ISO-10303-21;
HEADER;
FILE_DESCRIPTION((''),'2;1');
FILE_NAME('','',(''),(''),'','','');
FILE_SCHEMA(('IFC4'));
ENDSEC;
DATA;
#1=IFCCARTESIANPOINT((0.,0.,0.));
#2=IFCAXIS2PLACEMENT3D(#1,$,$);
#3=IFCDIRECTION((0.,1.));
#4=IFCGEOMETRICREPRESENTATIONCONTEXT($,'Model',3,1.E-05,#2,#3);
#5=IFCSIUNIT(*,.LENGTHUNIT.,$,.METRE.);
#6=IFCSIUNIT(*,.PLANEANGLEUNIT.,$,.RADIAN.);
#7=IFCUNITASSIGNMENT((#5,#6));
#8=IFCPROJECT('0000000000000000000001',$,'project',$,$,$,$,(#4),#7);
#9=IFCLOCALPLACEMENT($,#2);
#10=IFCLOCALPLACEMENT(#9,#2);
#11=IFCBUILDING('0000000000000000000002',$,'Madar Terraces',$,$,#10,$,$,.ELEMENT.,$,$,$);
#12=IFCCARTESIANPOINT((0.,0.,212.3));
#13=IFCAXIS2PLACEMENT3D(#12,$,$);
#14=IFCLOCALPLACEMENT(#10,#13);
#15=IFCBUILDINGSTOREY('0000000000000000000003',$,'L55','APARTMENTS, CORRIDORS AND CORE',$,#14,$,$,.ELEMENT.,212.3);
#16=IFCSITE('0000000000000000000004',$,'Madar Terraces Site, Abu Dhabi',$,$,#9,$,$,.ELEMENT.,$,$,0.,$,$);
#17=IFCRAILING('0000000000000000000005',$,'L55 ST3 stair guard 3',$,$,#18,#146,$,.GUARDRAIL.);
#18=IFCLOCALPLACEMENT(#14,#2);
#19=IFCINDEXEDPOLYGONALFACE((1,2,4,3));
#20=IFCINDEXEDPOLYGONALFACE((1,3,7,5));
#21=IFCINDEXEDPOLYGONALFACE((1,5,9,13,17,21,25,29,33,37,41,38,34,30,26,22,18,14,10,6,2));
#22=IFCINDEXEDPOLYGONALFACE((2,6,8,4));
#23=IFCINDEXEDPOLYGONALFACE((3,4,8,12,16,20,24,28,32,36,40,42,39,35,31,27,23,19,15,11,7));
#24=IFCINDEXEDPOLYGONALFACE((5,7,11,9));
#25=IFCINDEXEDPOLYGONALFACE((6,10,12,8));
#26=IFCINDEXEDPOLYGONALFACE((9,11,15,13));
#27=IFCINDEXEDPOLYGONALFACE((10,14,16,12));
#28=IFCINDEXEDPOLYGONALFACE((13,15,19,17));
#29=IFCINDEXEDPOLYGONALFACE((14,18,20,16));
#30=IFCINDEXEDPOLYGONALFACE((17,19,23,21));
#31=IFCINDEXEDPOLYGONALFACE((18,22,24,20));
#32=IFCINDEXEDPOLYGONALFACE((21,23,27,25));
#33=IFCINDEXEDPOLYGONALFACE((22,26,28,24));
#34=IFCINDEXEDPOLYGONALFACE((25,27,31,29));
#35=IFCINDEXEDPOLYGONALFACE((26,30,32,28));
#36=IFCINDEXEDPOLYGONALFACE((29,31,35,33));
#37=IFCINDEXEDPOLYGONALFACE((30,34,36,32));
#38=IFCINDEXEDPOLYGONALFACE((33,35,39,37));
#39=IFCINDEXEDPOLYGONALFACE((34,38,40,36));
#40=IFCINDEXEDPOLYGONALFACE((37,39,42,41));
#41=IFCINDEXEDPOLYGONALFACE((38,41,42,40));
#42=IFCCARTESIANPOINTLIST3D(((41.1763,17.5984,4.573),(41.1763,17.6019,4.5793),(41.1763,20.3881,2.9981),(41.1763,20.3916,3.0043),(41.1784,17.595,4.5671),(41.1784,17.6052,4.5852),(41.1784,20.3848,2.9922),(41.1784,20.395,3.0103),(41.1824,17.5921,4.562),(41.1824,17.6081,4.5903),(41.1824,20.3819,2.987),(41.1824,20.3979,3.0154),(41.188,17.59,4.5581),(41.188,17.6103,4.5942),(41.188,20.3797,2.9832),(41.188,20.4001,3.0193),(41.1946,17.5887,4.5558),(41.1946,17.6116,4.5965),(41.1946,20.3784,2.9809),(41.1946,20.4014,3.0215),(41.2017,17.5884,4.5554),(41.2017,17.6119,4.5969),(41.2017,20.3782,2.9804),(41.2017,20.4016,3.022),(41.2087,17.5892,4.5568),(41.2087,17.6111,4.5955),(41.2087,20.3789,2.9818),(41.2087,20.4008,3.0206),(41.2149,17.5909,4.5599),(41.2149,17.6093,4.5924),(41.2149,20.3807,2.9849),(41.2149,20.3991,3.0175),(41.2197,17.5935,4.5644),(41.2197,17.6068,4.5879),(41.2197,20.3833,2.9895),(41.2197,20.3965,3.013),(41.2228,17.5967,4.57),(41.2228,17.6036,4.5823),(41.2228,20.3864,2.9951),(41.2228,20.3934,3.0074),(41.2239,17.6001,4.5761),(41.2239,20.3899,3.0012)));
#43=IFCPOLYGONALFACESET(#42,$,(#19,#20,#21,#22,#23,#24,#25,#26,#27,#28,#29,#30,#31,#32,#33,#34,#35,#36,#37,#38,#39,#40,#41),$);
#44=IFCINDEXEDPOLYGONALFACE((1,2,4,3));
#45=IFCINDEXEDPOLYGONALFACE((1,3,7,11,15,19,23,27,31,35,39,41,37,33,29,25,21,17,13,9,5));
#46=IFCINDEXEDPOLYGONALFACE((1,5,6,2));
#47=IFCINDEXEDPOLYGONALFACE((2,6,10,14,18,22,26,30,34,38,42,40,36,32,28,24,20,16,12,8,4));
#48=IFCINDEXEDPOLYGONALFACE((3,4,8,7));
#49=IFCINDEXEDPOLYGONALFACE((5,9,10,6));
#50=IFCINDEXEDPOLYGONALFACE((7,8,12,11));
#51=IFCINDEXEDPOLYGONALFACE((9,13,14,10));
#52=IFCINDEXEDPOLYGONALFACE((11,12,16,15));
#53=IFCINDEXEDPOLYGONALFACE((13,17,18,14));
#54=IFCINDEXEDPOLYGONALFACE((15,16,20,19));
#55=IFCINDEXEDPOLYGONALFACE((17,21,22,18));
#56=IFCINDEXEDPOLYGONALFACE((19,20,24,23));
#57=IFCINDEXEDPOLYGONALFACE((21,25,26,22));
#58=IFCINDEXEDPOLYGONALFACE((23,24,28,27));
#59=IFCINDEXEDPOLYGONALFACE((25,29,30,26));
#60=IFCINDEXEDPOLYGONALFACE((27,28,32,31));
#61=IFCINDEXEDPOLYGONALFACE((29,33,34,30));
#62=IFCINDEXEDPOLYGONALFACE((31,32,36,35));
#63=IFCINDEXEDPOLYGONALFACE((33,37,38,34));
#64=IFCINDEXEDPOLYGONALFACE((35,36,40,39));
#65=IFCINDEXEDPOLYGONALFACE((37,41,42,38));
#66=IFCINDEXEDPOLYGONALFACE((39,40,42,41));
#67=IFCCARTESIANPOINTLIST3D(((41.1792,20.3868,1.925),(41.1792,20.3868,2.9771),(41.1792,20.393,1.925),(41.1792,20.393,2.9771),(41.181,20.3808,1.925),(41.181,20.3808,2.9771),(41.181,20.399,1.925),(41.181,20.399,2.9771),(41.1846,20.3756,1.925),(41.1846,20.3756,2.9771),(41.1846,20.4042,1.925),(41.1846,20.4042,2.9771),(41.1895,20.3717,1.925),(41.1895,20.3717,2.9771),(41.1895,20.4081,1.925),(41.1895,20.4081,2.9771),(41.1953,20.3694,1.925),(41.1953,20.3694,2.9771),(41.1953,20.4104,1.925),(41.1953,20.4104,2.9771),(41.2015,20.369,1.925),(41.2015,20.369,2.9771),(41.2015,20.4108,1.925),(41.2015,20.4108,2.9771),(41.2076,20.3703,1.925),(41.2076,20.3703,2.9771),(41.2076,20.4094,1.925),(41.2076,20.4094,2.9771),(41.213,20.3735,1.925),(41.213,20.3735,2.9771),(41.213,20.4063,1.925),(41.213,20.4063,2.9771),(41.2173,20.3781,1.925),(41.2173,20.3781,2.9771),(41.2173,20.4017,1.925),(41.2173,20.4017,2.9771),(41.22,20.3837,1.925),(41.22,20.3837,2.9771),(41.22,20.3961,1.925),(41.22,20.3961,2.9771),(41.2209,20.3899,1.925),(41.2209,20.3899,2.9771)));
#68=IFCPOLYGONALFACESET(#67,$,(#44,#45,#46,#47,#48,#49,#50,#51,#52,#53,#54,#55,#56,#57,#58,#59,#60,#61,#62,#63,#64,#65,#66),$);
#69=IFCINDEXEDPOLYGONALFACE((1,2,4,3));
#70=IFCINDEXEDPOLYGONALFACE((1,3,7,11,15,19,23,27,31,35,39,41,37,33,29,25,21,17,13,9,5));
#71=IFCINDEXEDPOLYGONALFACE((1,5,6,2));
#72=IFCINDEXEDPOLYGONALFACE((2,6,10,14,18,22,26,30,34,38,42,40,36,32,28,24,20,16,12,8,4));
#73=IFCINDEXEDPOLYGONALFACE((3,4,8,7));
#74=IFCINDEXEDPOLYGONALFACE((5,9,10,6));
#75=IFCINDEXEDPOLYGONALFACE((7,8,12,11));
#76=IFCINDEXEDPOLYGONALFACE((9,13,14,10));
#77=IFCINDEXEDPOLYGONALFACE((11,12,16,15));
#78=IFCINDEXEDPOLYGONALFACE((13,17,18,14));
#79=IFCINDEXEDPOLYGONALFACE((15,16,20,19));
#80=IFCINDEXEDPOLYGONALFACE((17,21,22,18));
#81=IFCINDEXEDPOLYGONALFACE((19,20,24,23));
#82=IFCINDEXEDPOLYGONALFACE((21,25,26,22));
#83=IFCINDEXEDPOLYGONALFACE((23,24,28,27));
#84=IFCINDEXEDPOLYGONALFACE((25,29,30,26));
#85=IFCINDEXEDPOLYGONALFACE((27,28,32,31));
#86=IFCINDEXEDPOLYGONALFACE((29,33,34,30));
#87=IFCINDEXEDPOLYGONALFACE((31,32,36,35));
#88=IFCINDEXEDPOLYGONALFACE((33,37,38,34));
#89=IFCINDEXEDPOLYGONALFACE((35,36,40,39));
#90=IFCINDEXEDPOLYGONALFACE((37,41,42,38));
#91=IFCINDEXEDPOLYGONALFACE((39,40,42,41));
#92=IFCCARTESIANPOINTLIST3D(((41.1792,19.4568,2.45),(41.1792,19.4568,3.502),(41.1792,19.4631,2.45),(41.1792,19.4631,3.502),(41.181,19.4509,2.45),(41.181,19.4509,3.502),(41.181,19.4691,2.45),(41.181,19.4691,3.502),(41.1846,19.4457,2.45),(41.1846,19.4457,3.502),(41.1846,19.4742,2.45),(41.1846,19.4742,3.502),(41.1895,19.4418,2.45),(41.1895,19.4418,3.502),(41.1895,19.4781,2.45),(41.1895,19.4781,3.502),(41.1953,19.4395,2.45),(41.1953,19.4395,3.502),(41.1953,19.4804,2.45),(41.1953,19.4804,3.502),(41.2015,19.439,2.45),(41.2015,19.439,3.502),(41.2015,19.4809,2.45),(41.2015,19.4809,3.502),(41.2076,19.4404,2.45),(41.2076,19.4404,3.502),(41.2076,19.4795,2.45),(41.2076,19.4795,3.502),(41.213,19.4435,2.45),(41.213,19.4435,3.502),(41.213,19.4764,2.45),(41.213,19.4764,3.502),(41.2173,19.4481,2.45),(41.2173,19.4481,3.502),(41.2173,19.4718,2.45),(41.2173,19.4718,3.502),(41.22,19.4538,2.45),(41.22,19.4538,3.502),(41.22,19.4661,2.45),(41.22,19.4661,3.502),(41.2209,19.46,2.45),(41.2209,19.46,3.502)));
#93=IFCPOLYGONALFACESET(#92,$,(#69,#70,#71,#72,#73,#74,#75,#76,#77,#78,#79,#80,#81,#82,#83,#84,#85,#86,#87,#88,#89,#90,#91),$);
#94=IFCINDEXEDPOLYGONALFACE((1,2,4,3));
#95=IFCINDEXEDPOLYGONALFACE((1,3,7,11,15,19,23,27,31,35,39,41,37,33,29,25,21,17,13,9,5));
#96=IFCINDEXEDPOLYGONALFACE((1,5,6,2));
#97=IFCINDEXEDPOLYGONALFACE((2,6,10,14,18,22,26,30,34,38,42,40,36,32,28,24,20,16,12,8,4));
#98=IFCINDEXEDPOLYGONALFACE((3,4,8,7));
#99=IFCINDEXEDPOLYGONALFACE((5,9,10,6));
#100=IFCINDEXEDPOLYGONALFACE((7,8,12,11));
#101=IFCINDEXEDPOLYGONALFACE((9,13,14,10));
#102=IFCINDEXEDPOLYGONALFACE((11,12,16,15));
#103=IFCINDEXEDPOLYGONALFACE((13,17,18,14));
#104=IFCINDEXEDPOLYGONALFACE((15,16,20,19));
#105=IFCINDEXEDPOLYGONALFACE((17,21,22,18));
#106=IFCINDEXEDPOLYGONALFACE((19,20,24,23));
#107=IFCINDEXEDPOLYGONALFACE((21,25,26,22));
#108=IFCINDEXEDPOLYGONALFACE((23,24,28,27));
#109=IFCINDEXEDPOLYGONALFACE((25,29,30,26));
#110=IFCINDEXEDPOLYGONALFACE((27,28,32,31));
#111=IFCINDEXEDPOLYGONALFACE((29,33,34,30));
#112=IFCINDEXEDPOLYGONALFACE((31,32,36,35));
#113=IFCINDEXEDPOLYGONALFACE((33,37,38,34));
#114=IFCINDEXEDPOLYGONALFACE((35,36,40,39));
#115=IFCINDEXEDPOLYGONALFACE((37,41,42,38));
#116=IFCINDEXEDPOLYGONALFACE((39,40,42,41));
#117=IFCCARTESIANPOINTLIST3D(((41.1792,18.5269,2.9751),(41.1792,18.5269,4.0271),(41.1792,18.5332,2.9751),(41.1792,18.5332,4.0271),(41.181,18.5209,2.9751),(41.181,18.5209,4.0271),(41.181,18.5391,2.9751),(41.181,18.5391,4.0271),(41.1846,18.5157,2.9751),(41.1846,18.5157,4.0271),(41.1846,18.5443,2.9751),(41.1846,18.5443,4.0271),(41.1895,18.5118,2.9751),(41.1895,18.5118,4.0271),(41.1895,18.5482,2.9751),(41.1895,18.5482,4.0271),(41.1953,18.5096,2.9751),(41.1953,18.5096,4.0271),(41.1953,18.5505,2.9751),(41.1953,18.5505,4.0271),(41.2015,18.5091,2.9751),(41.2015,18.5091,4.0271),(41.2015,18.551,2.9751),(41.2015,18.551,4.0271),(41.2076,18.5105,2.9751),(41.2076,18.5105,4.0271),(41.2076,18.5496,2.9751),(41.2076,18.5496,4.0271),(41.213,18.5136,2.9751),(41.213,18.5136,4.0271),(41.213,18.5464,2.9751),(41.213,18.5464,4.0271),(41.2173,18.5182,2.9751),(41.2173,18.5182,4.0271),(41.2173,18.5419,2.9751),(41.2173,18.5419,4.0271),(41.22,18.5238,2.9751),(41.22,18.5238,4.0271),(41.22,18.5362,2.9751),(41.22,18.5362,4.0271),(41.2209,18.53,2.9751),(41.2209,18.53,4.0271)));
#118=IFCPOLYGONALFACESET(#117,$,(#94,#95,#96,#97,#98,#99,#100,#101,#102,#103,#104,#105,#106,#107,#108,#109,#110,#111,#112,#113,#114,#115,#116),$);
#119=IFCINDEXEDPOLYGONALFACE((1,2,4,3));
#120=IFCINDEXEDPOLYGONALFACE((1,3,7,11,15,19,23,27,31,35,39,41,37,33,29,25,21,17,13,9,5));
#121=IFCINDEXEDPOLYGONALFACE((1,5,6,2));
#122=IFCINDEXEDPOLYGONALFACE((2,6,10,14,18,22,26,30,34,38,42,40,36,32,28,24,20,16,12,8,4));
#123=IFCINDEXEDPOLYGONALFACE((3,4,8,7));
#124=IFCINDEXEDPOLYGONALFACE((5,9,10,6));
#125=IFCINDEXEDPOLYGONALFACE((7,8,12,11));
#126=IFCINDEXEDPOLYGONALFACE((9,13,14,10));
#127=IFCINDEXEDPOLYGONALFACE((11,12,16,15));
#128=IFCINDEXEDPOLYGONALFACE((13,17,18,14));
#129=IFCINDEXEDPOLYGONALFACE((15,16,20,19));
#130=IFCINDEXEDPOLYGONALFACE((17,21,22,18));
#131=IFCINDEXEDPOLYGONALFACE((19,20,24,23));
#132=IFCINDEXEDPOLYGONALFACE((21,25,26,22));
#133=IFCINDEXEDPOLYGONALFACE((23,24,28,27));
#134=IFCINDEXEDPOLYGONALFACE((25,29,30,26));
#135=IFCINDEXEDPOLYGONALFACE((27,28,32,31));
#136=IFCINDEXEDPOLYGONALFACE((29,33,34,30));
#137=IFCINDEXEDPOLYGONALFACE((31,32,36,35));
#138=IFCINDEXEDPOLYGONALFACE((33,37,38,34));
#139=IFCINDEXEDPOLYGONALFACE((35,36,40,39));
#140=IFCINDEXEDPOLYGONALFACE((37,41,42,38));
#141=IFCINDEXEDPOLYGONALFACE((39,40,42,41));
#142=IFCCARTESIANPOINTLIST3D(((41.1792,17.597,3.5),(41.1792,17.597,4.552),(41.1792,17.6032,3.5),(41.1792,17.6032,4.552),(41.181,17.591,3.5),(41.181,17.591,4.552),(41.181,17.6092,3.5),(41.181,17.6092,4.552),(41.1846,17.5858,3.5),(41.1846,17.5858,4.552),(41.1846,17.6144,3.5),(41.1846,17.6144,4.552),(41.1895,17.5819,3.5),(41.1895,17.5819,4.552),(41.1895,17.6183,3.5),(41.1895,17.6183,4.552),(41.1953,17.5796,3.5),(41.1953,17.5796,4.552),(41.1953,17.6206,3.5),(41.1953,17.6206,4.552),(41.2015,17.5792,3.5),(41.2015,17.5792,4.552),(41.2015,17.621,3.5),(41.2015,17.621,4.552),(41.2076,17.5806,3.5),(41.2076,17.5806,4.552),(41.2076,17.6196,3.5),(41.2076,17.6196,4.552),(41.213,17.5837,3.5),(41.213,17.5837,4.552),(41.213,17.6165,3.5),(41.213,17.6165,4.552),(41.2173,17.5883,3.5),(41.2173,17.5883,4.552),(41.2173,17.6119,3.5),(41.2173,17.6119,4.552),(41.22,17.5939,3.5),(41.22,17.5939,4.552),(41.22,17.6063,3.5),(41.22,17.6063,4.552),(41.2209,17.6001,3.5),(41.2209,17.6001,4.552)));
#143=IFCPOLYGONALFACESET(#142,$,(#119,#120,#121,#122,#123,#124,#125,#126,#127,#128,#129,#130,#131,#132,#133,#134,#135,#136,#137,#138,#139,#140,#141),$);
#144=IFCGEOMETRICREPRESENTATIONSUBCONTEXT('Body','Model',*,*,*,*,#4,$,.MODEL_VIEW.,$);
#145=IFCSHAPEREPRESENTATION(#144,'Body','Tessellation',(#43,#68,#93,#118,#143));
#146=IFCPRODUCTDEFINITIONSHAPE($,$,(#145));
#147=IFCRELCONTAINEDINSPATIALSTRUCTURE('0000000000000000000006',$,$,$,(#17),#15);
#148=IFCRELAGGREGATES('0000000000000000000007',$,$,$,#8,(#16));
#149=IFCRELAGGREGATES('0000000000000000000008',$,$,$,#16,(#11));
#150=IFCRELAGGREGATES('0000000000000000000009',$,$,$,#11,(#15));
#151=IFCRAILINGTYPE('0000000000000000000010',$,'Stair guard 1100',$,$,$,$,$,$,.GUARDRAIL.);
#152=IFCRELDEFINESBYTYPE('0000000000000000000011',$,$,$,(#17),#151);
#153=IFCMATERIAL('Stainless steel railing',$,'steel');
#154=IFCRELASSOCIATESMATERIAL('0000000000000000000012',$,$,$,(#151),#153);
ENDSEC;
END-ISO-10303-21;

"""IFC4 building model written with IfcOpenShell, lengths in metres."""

from ifc_helpers import new_model, si_unit, direction, frame, origin, origin_2d, place, context, subcontext, project, spatial, circle, extrude, material, type_object, element, save


model = new_model("IFC4")

# Units and contexts
model_context = context("Model", 3, precision=1e-05, world=origin(), true_north=direction((0.0, 1.0)))
body_context = subcontext(model_context, "Body", "Model", "MODEL_VIEW")
ifc_project = project(units=[si_unit("LENGTHUNIT", "METRE"), si_unit("PLANEANGLEUNIT", "RADIAN")], contexts=[model_context])

# Site, building, storey
site_placement = place(None, origin())
site = spatial("IfcSite", under=ifc_project, at=site_placement, Name="Madar Terraces Site, Abu Dhabi", CompositionType="ELEMENT", RefElevation=0.0)
building_placement = place(site_placement, origin())
building = spatial("IfcBuilding", under=site, at=building_placement, Name="Madar Terraces", CompositionType="ELEMENT")
storey_placement = place(building_placement, frame((0.0, 0.0, 212.3)))
storey = spatial("IfcBuildingStorey", under=building, at=storey_placement, Name="L55", Description="APARTMENTS, CORRIDORS AND CORE", CompositionType="ELEMENT", Elevation=212.3)

# Railing
ifc_material_1 = material(Name="Stainless steel railing", Category="steel")
railing_type_1 = type_object("IfcRailingType", Name="Stair guard 1100", PredefinedType="GUARDRAIL", material=ifc_material_1)
railing_1_placement = place(storey_placement, frame((41.2, 20.3899, 1.925)))
element("IfcRailing", 1, at=railing_1_placement, inside=storey, type_object=railing_type_1, Name="L55 ST3 stair guard 3", PredefinedType="GUARDRAIL", context=body_context, shape_type="SweptSolid", body=[
    extrude(circle(Radius=0.0239, at=origin_2d()), frame((0.0, 0.0, 1.0762), z_axis=(0.0, -0.870815, 0.49161), x_axis=(1.0, 0.0, 0.0)), (0.0, 0.0, 1.0), 3.2036),
    extrude(circle(Radius=0.021, at=origin_2d()), origin(), (0.0, 0.0, 1.0), 1.052),
    extrude(circle(Radius=0.021, at=origin_2d()), frame((0.0, -0.9299, 0.5249)), (0.0, 0.0, 1.0), 1.052),
    extrude(circle(Radius=0.021, at=origin_2d()), frame((0.0, -1.8599, 1.05)), (0.0, 0.0, 1.0), 1.052),
    extrude(circle(Radius=0.021, at=origin_2d()), frame((0.0, -2.7898, 1.575)), (0.0, 0.0, 1.0), 1.052),
])

save(model, "model.ifc")
